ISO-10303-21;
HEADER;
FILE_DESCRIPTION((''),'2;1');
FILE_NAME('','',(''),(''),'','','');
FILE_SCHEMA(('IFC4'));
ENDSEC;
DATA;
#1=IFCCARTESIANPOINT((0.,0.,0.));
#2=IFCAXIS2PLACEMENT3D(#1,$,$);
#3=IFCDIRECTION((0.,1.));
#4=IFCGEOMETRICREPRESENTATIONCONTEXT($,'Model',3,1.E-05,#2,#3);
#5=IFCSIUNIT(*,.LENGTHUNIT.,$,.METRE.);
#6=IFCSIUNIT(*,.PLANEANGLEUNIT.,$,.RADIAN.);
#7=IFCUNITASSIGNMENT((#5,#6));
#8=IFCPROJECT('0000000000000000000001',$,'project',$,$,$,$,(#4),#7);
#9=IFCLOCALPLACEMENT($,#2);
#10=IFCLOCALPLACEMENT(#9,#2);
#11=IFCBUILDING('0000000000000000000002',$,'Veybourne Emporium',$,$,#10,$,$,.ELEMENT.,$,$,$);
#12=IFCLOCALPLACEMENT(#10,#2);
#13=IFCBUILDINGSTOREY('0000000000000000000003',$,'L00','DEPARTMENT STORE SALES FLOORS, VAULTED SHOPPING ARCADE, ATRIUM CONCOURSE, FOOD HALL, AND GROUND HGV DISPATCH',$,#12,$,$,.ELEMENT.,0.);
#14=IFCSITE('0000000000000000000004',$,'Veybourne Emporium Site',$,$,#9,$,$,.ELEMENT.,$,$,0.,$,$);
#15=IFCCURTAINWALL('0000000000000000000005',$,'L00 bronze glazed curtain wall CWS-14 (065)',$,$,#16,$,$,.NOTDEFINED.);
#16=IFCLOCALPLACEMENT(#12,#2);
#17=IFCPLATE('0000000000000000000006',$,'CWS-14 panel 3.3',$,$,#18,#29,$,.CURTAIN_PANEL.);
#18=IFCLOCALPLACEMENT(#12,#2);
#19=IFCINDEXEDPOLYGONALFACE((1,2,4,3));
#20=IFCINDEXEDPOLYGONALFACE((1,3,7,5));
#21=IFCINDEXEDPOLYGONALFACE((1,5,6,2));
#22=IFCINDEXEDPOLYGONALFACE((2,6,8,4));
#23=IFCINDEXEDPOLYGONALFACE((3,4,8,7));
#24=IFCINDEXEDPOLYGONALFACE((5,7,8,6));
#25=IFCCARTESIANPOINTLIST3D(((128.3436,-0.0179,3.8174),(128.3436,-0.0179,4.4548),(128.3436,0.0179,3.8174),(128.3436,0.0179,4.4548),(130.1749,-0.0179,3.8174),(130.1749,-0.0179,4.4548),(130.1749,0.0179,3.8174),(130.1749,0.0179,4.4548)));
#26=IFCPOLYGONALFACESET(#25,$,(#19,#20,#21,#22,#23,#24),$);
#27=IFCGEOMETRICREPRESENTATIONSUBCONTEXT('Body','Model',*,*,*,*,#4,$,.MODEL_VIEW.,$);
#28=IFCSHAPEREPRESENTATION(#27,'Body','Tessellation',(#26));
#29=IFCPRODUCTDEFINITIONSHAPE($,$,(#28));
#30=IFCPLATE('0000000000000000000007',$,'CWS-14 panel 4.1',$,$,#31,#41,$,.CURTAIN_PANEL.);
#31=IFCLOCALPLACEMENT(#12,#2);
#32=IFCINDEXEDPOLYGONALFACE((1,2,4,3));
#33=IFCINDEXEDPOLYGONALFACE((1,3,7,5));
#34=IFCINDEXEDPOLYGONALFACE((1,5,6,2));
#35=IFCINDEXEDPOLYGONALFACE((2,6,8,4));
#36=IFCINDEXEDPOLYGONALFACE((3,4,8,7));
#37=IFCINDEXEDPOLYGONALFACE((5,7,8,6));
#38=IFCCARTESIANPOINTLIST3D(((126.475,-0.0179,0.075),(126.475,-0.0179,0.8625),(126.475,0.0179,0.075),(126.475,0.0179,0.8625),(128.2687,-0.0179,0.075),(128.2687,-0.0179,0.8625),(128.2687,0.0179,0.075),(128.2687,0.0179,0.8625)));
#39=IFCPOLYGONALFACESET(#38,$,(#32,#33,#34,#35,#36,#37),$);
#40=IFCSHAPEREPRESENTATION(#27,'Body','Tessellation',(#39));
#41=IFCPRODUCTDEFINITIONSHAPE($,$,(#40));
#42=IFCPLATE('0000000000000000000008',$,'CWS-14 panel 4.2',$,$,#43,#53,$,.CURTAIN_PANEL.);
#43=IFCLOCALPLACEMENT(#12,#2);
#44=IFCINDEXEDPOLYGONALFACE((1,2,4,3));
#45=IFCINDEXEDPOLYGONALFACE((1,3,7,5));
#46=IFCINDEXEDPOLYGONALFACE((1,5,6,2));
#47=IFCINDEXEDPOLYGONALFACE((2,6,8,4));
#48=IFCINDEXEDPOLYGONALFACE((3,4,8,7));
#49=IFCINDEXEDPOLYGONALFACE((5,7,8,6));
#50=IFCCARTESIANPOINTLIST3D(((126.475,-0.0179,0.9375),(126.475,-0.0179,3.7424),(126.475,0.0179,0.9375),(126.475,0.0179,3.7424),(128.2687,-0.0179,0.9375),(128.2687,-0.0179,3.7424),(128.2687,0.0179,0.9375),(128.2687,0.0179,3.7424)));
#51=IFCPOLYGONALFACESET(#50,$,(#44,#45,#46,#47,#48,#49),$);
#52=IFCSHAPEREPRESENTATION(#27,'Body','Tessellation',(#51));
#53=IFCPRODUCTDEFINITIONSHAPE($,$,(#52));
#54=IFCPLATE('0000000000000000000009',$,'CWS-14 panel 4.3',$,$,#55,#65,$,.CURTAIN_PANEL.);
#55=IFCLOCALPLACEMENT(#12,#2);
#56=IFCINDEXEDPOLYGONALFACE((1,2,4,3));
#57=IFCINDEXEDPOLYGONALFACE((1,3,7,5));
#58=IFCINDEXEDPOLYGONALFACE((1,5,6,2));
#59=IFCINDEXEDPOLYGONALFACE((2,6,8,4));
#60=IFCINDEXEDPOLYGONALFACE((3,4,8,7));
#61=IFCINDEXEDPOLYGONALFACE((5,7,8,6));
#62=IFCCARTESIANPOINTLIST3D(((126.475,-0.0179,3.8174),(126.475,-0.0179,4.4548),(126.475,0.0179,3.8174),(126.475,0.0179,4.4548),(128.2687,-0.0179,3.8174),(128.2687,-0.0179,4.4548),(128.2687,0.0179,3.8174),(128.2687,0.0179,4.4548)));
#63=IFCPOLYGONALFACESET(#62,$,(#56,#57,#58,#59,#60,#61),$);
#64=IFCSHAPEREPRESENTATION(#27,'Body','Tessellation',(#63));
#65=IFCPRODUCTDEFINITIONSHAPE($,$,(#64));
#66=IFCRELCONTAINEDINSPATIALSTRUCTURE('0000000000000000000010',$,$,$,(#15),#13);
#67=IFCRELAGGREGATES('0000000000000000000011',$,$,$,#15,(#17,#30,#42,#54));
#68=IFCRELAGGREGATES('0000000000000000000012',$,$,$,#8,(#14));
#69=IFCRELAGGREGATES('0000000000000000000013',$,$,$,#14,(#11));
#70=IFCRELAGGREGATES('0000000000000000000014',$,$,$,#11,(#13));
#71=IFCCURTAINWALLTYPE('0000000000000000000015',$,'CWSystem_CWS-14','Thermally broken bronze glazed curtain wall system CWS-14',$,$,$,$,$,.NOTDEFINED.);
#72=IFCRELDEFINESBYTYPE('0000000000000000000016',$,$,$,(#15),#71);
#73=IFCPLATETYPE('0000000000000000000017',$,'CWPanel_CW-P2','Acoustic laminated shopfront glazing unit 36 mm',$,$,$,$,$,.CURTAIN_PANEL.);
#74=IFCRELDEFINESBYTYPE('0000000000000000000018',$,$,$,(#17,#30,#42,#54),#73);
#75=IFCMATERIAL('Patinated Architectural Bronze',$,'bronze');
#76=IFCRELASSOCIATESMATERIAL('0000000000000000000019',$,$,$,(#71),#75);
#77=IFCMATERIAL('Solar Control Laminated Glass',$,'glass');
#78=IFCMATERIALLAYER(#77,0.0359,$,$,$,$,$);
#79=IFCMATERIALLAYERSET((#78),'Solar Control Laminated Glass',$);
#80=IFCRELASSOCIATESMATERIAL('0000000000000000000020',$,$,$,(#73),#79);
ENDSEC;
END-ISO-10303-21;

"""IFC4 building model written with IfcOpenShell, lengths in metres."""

from ifc_helpers import new_model, si_unit, direction, frame, origin, origin_2d, place, context, subcontext, project, spatial, rectangle, extrude, material, layer, layer_set, type_object, element, aggregate, save


model = new_model("IFC4")

# Units and contexts
model_context = context("Model", 3, precision=1e-05, world=origin(), true_north=direction((0.0, 1.0)))
body_context = subcontext(model_context, "Body", "Model", "MODEL_VIEW")
ifc_project = project(units=[si_unit("LENGTHUNIT", "METRE"), si_unit("PLANEANGLEUNIT", "RADIAN")], contexts=[model_context])

# Site, building, storey
site_placement = place(None, origin())
site = spatial("IfcSite", under=ifc_project, at=site_placement, Name="Veybourne Emporium Site", CompositionType="ELEMENT", RefElevation=0.0)
building_placement = place(site_placement, origin())
building = spatial("IfcBuilding", under=site, at=building_placement, Name="Veybourne Emporium", CompositionType="ELEMENT")
storey_placement = place(building_placement, origin())
storey = spatial("IfcBuildingStorey", under=building, at=storey_placement, Name="L00", Description="DEPARTMENT STORE SALES FLOORS, VAULTED SHOPPING ARCADE, ATRIUM CONCOURSE, FOOD HALL, AND GROUND HGV DISPATCH", CompositionType="ELEMENT", Elevation=0.0)

# Curtain wall
ifc_material_1 = material(Name="Patinated Architectural Bronze", Category="bronze")
curtain_wall_type = type_object("IfcCurtainWallType", Name="CWSystem_CWS-14", Description="Thermally broken bronze glazed curtain wall system CWS-14", PredefinedType="NOTDEFINED", material=ifc_material_1)
curtain_wall_placement = place(storey_placement, origin())
curtain_wall = element("IfcCurtainWall", 1, at=curtain_wall_placement, inside=storey, type_object=curtain_wall_type, Name="L00 bronze glazed curtain wall CWS-14 (065)", PredefinedType="NOTDEFINED")

# Plates
ifc_material_2 = material(Name="Solar Control Laminated Glass", Category="glass")
ifc_layer = layer(ifc_material_2, 0.0359)
ifc_layer_set = layer_set([ifc_layer], Name="Solar Control Laminated Glass")
plate_type = type_object("IfcPlateType", Name="CWPanel_CW-P2", Description="Acoustic laminated shopfront glazing unit 36 mm", PredefinedType="CURTAIN_PANEL", material=ifc_layer_set)
plate_1_placement = place(storey_placement, frame((129.2593, 0.0, 3.8174), z_axis=(0.0, 0.0, 1.0), x_axis=(-1.0, 0.0, 0.0)))
plate_1 = element("IfcPlate", 2, at=plate_1_placement, type_object=plate_type, Name="CWS-14 panel 3.3", PredefinedType="CURTAIN_PANEL", context=body_context, shape_type="SweptSolid", body=[
    extrude(rectangle(XDim=1.8313, YDim=0.0359, at=origin_2d()), origin(), (0.0, 0.0, 1.0), 0.6375),
])
plate_2_placement = place(storey_placement, frame((127.3718, 0.0, 0.075), z_axis=(0.0, 0.0, 1.0), x_axis=(-1.0, 0.0, 0.0)))
plate_2 = element("IfcPlate", 3, at=plate_2_placement, type_object=plate_type, Name="CWS-14 panel 4.1", PredefinedType="CURTAIN_PANEL", context=body_context, shape_type="SweptSolid", body=[
    extrude(rectangle(XDim=1.7937, YDim=0.0359, at=origin_2d()), origin(), (0.0, 0.0, 1.0), 0.7876),
])
plate_3_placement = place(storey_placement, frame((127.3718, 0.0, 0.9375), z_axis=(0.0, 0.0, 1.0), x_axis=(-1.0, 0.0, 0.0)))
plate_3 = element("IfcPlate", 4, at=plate_3_placement, type_object=plate_type, Name="CWS-14 panel 4.2", PredefinedType="CURTAIN_PANEL", context=body_context, shape_type="SweptSolid", body=[
    extrude(rectangle(XDim=1.7937, YDim=0.0359, at=origin_2d()), origin(), (0.0, 0.0, 1.0), 2.8049),
])
plate_4_placement = place(storey_placement, frame((127.3718, 0.0, 3.8174), z_axis=(0.0, 0.0, 1.0), x_axis=(-1.0, 0.0, 0.0)))
plate_4 = element("IfcPlate", 5, at=plate_4_placement, type_object=plate_type, Name="CWS-14 panel 4.3", PredefinedType="CURTAIN_PANEL", context=body_context, shape_type="SweptSolid", body=[
    extrude(rectangle(XDim=1.7937, YDim=0.0359, at=origin_2d()), origin(), (0.0, 0.0, 1.0), 0.6375),
])
aggregate(curtain_wall, [plate_1, plate_2, plate_3, plate_4])

save(model, "model.ifc")
